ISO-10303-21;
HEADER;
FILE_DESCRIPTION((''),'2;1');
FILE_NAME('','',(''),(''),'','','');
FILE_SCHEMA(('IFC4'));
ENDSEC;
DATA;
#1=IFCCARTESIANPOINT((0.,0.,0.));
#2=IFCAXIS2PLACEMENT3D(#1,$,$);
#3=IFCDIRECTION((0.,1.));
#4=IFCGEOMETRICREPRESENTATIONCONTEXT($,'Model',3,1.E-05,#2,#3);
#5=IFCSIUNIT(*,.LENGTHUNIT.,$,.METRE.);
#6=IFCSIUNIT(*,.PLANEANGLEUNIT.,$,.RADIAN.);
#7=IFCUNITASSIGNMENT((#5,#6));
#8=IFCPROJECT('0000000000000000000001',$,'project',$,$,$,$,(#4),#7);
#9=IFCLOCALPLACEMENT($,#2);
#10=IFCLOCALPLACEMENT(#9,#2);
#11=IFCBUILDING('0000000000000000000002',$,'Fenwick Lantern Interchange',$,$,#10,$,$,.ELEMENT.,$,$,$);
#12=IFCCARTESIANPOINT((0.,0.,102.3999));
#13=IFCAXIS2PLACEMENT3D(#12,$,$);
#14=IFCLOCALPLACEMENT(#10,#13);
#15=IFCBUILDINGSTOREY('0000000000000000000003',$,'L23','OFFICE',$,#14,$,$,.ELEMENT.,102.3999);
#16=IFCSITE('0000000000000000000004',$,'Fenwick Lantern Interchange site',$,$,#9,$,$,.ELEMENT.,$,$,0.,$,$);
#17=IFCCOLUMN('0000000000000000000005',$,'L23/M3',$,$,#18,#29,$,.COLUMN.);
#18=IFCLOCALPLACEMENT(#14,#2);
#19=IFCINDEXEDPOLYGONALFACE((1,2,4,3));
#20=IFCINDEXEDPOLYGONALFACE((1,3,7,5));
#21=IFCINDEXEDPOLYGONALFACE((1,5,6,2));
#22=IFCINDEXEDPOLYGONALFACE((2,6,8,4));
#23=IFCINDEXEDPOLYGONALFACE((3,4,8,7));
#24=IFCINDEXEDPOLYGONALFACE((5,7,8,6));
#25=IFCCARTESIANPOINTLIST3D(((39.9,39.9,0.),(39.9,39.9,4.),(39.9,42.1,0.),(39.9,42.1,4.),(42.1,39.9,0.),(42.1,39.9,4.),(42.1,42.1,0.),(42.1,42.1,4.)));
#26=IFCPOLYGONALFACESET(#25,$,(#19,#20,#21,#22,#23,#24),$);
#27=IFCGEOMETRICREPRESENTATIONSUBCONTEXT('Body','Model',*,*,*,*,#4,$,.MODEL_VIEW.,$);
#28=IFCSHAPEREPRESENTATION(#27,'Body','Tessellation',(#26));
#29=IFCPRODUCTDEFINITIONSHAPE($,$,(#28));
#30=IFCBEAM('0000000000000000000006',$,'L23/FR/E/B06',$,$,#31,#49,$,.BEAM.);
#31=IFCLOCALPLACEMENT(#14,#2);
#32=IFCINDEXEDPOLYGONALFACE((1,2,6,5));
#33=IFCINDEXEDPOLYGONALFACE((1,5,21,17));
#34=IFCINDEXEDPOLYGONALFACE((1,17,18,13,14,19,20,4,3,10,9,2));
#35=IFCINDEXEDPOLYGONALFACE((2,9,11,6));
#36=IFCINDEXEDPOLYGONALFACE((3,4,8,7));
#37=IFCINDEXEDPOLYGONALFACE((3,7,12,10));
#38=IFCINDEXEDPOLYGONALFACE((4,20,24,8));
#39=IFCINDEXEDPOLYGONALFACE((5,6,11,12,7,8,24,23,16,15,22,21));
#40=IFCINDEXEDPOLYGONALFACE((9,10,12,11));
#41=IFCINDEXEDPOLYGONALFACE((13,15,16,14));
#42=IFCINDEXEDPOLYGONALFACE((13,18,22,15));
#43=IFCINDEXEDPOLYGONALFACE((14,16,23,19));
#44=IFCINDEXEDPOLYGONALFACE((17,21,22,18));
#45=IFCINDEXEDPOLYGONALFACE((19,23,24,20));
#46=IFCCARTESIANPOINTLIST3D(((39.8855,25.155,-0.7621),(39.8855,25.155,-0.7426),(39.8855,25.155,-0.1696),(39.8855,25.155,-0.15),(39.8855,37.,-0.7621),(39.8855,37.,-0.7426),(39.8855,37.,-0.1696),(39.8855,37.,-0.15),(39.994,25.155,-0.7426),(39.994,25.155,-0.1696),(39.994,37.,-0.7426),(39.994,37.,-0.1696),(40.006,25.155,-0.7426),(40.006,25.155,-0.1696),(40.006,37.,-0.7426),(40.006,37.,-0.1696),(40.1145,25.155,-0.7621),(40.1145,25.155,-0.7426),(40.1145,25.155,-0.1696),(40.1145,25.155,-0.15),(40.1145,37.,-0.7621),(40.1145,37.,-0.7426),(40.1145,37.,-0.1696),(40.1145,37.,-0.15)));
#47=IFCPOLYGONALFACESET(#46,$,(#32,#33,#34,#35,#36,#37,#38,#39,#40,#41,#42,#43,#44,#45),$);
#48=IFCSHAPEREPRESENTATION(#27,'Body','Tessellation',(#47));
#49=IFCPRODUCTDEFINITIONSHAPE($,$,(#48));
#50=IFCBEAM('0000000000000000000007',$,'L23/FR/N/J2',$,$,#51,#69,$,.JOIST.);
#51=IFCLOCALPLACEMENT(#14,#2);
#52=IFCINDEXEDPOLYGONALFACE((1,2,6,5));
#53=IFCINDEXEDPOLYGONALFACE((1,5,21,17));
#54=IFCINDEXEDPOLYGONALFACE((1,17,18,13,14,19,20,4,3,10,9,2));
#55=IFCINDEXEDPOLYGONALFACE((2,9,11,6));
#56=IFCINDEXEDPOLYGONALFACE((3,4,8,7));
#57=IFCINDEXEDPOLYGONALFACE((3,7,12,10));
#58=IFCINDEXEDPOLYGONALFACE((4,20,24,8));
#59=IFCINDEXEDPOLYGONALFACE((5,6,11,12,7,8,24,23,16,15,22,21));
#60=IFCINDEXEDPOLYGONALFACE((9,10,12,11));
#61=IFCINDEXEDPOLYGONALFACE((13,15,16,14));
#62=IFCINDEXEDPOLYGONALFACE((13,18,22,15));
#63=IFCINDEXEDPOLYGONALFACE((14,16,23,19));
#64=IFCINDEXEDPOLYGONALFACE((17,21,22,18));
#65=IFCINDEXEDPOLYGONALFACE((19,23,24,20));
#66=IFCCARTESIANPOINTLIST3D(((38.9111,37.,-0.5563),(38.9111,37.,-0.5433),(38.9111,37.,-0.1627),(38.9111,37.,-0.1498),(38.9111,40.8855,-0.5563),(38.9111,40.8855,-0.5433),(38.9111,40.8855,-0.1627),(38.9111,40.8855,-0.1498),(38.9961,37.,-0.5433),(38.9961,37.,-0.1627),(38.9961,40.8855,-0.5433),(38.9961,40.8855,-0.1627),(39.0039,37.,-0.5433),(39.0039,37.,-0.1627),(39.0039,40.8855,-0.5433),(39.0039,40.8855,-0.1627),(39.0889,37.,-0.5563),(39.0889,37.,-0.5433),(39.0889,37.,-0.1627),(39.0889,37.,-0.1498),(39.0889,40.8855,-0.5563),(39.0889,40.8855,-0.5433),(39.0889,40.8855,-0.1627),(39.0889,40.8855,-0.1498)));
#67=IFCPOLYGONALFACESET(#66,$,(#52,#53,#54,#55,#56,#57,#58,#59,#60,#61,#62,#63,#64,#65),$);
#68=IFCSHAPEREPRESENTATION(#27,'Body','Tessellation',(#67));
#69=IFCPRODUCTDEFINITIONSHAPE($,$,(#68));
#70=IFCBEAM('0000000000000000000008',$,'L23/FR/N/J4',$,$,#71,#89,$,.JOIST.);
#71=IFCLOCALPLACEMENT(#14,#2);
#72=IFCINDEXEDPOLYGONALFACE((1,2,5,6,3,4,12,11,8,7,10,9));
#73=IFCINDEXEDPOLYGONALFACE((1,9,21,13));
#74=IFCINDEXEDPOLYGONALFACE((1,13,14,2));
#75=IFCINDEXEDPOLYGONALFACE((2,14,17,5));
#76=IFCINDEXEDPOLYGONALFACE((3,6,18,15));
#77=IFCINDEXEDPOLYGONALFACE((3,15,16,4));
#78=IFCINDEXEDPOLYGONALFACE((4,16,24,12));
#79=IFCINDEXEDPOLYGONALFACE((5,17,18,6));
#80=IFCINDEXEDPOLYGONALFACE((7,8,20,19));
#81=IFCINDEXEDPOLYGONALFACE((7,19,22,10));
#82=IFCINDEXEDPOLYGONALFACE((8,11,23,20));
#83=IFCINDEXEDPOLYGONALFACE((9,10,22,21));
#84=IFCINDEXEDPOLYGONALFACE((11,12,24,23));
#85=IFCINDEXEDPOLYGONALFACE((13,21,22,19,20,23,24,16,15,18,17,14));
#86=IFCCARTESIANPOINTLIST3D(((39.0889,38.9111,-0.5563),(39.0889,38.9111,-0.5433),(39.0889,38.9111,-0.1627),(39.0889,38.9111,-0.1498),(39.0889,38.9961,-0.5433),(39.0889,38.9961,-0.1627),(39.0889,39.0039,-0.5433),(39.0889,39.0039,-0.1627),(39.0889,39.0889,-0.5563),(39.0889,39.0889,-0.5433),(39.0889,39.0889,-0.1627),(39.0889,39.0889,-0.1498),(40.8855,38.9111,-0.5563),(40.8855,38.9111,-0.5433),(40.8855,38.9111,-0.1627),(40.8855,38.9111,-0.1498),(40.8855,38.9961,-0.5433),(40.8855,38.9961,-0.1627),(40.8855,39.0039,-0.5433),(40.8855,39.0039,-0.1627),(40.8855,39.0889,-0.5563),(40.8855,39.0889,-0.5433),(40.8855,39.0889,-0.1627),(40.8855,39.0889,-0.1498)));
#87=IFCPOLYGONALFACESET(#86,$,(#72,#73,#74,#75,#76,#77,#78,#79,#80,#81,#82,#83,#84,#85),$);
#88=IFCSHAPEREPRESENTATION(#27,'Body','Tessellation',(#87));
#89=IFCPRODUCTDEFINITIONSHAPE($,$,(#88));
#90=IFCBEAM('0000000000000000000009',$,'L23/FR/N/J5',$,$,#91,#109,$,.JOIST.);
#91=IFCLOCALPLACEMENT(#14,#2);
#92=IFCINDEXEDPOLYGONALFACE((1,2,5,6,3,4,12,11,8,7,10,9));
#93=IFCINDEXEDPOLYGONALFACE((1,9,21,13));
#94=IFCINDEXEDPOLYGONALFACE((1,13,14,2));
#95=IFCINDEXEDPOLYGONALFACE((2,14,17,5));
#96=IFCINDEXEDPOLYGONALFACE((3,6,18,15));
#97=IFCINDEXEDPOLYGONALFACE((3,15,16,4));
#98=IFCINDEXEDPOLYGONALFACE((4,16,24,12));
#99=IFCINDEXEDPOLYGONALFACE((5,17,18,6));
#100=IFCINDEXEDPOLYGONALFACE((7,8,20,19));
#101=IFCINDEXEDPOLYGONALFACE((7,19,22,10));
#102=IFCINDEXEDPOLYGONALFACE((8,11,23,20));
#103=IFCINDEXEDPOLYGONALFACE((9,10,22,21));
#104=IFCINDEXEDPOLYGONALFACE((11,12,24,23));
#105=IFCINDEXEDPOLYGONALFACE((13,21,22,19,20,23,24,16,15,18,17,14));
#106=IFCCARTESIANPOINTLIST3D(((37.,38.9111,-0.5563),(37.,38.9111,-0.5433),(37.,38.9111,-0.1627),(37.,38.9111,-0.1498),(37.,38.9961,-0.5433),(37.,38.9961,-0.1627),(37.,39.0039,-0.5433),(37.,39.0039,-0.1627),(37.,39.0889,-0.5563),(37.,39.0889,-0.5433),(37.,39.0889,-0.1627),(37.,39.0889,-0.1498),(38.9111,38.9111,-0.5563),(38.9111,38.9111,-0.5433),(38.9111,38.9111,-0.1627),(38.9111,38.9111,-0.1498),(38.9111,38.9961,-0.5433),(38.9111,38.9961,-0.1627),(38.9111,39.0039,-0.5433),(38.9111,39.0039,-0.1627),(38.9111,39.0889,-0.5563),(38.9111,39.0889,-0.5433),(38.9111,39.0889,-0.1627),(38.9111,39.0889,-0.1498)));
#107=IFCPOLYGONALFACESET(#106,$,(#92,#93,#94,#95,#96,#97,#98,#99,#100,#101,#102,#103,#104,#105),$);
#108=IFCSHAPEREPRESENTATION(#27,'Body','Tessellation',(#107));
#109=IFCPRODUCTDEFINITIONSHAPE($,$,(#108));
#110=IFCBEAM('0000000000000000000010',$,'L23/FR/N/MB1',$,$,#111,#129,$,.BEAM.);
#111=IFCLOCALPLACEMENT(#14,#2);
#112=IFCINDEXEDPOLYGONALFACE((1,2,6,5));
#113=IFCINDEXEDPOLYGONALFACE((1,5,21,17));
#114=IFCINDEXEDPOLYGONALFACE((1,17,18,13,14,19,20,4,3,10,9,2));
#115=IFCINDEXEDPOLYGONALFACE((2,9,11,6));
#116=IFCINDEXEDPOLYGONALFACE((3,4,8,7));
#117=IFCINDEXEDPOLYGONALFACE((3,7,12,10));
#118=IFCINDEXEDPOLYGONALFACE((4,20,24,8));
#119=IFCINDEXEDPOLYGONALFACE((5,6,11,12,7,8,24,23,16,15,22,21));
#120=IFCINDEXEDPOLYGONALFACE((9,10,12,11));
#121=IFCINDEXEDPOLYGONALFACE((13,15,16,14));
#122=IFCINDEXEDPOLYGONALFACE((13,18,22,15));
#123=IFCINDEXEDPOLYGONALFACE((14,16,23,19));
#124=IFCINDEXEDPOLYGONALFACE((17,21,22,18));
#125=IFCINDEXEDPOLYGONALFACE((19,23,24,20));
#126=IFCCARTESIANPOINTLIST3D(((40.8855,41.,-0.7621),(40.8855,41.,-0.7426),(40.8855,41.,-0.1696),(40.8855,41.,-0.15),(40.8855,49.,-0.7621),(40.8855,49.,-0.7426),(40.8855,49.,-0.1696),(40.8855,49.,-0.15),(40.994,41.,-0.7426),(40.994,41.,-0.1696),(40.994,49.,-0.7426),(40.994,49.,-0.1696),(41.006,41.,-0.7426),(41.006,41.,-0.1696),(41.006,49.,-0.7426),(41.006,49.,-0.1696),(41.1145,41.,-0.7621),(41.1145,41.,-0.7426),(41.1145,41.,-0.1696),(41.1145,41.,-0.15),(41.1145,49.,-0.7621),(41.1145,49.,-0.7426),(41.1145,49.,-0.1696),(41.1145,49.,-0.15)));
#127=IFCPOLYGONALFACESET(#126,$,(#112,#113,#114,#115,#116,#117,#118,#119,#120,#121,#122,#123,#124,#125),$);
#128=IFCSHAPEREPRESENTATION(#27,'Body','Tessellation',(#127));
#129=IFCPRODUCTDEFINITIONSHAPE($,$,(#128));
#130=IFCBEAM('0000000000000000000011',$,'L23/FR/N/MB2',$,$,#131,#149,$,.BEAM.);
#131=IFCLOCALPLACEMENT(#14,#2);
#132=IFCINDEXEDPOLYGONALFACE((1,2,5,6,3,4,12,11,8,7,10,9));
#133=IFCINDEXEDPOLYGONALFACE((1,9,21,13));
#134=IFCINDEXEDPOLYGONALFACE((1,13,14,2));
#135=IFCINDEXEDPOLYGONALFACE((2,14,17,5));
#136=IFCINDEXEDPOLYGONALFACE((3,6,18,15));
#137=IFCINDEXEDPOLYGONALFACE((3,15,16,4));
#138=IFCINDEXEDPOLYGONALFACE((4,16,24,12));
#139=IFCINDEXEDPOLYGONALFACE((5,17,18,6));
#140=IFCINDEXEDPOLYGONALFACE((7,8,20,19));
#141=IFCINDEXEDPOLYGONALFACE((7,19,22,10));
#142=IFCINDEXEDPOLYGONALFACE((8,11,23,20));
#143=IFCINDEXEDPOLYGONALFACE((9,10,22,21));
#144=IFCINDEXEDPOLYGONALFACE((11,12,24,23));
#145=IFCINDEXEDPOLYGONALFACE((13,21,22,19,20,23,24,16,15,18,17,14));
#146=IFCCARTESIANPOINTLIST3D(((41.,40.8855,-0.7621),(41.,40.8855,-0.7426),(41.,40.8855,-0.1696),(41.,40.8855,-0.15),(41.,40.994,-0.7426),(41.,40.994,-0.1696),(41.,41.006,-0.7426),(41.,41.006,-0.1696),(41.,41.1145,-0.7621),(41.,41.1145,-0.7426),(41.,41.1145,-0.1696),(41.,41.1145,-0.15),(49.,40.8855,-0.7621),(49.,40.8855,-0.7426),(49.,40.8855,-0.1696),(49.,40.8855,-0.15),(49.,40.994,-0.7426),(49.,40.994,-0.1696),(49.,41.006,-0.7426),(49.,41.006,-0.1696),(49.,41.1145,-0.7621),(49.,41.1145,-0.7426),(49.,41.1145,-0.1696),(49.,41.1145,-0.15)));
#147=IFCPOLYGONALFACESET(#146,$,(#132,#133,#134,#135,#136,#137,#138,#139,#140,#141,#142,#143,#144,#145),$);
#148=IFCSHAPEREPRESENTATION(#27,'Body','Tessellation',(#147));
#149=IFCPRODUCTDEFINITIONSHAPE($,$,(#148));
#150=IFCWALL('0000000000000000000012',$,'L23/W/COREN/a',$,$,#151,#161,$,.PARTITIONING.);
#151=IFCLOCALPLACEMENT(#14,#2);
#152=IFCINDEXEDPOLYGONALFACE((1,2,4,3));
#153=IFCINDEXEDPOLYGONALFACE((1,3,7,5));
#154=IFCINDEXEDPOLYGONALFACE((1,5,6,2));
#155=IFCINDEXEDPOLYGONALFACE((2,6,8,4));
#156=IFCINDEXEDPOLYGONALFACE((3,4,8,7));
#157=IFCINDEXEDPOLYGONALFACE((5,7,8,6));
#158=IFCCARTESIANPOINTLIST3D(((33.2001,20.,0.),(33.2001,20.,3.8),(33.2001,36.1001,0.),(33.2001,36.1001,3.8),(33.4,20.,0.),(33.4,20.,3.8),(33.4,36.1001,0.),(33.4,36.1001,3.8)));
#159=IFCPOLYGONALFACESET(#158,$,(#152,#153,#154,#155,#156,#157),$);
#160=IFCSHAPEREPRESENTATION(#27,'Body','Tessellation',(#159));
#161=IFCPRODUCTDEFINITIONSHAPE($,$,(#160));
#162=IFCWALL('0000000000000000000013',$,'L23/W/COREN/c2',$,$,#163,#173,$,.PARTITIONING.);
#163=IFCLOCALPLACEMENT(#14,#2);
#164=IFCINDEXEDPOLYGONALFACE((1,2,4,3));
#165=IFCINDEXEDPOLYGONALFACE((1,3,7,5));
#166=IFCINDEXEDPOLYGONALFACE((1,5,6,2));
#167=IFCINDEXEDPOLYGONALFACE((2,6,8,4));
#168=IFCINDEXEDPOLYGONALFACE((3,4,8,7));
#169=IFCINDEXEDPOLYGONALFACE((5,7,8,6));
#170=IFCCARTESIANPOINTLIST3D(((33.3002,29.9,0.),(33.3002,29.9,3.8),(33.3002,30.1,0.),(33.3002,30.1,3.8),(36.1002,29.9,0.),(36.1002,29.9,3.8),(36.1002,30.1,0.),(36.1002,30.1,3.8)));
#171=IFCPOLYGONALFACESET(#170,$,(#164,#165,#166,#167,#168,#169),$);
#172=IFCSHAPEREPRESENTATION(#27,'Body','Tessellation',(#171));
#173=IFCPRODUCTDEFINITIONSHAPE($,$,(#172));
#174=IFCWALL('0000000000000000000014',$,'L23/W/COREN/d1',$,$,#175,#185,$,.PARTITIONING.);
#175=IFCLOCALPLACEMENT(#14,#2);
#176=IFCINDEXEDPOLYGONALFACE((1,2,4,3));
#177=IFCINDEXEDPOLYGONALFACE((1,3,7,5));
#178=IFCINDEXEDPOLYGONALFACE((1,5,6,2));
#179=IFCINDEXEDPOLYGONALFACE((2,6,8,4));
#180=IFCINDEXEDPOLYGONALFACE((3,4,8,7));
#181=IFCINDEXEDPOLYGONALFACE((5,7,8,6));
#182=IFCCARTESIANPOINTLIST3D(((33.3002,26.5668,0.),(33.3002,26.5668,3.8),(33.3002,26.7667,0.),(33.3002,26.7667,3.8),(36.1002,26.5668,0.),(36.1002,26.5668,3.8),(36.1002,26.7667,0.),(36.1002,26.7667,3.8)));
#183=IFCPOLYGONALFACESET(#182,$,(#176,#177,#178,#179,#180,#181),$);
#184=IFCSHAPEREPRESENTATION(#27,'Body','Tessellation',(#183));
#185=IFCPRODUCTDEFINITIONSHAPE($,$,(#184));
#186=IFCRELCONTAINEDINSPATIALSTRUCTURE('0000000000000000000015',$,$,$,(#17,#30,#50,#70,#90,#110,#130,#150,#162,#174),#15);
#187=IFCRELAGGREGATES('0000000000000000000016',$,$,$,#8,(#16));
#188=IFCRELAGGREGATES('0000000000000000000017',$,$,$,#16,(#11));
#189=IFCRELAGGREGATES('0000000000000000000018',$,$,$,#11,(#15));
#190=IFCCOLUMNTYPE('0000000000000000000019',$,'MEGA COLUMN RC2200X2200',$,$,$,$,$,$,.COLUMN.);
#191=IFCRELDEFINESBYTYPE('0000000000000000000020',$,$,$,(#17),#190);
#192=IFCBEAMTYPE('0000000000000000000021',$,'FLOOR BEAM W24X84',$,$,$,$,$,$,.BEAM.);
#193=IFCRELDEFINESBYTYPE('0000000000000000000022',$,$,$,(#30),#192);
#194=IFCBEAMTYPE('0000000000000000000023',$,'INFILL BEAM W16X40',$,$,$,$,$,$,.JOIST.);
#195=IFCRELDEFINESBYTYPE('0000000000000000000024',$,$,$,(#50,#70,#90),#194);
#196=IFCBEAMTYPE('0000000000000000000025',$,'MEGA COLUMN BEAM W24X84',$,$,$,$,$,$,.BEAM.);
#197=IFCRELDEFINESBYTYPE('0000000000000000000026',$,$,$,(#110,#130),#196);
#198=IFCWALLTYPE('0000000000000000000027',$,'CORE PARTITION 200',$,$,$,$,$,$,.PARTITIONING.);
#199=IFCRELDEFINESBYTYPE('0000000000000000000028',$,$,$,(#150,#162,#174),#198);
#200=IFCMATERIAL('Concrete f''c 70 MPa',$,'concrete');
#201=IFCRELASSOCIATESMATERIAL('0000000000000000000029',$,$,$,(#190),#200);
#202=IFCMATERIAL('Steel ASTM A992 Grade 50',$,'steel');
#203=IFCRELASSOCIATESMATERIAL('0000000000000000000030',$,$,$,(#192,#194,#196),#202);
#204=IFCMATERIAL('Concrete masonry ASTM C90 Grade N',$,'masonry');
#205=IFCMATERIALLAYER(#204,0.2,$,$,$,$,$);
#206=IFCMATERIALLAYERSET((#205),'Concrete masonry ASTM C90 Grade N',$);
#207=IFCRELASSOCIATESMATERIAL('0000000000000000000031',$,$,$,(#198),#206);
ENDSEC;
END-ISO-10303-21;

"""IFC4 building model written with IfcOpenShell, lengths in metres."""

from ifc_helpers import new_model, si_unit, direction, frame, frame_2d, origin, origin_2d, place, context, subcontext, project, spatial, rectangle, i_section, extrude, material, layer, layer_set, material_profile, profile_set, type_object, element, save


model = new_model("IFC4")

# Units and contexts
model_context = context("Model", 3, precision=1e-05, world=origin(), true_north=direction((0.0, 1.0)))
body_context = subcontext(model_context, "Body", "Model", "MODEL_VIEW")
ifc_project = project(units=[si_unit("LENGTHUNIT", "METRE"), si_unit("PLANEANGLEUNIT", "RADIAN")], contexts=[model_context])

# Site, building, storey
site_placement = place(None, origin())
site = spatial("IfcSite", under=ifc_project, at=site_placement, Name="Fenwick Lantern Interchange site", CompositionType="ELEMENT", RefElevation=0.0)
building_placement = place(site_placement, origin())
building = spatial("IfcBuilding", under=site, at=building_placement, Name="Fenwick Lantern Interchange", CompositionType="ELEMENT")
storey_placement = place(building_placement, frame((0.0, 0.0, 102.3999)))
storey = spatial("IfcBuildingStorey", under=building, at=storey_placement, Name="L23", Description="OFFICE", CompositionType="ELEMENT", Elevation=102.3999)

# Column
ifc_material_1 = material(Name="Concrete f'c 70 MPa", Category="concrete")
ifc_material_profile_1 = material_profile(ifc_material_1, rectangle(XDim=2.2, YDim=2.2, at=origin_2d()), Name="RC2200X2200")
ifc_profile_set_1 = profile_set([ifc_material_profile_1], Name="Concrete f'c 70 MPa")
column_type = type_object("IfcColumnType", Name="MEGA COLUMN RC2200X2200", PredefinedType="COLUMN", material=ifc_profile_set_1)
column_placement = place(storey_placement, frame((41.0, 41.0, 0.0), z_axis=(0.0, 0.0, 1.0), x_axis=(1.0, 0.0, 0.0)))
element("IfcColumn", 1, at=column_placement, inside=storey, type_object=column_type, Name="L23/M3", PredefinedType="COLUMN", context=body_context, shape_type="SweptSolid", body=[
    extrude(rectangle(XDim=2.2, YDim=2.2, at=origin_2d()), origin(), (0.0, 0.0, 1.0), 4.0),
])

# Beams
ifc_material_2 = material(Name="Steel ASTM A992 Grade 50", Category="steel")
ifc_material_profile_2 = material_profile(ifc_material_2, i_section(OverallWidth=0.229, OverallDepth=0.6121, WebThickness=0.012, FlangeThickness=0.0195, at=origin_2d()), Name="W24X84")
ifc_profile_set_2 = profile_set([ifc_material_profile_2], Name="Steel ASTM A992 Grade 50")
beam_type_1 = type_object("IfcBeamType", Name="FLOOR BEAM W24X84", PredefinedType="BEAM", material=ifc_profile_set_2)
beam_1_placement = place(storey_placement, frame((40.0, 25.155, -0.4561), z_axis=(0.0, 1.0, 0.0), x_axis=(-1.0, 0.0, 0.0)))
element("IfcBeam", 2, at=beam_1_placement, inside=storey, type_object=beam_type_1, Name="L23/FR/E/B06", PredefinedType="BEAM", context=body_context, shape_type="SweptSolid", body=[
    extrude(i_section(OverallWidth=0.229, OverallDepth=0.6121, WebThickness=0.012, FlangeThickness=0.0195, at=origin_2d()), origin(), (0.0, 0.0, 1.0), 11.845),
])
ifc_material_profile_3 = material_profile(ifc_material_2, i_section(OverallWidth=0.1777, OverallDepth=0.4065, WebThickness=0.0078, FlangeThickness=0.0129, at=origin_2d()), Name="W16X40")
ifc_profile_set_3 = profile_set([ifc_material_profile_3], Name="Steel ASTM A992 Grade 50")
beam_type_2 = type_object("IfcBeamType", Name="INFILL BEAM W16X40", PredefinedType="JOIST", material=ifc_profile_set_3)
beam_2_placement = place(storey_placement, frame((39.0, 40.8855, -0.353), z_axis=(0.0, -1.0, 0.0), x_axis=(1.0, 0.0, 0.0)))
element("IfcBeam", 3, at=beam_2_placement, inside=storey, type_object=beam_type_2, Name="L23/FR/N/J2", PredefinedType="JOIST", context=body_context, shape_type="SweptSolid", body=[
    extrude(i_section(OverallWidth=0.1777, OverallDepth=0.4065, WebThickness=0.0078, FlangeThickness=0.0129, at=origin_2d()), origin(), (0.0, 0.0, 1.0), 3.8855),
])
beam_3_placement = place(storey_placement, frame((40.8855, 39.0, -0.353), z_axis=(-1.0, 0.0, 0.0), x_axis=(0.0, -1.0, 0.0)))
element("IfcBeam", 4, at=beam_3_placement, inside=storey, type_object=beam_type_2, Name="L23/FR/N/J4", PredefinedType="JOIST", context=body_context, shape_type="SweptSolid", body=[
    extrude(i_section(OverallWidth=0.1777, OverallDepth=0.4065, WebThickness=0.0078, FlangeThickness=0.0129, at=origin_2d()), origin(), (0.0, 0.0, 1.0), 1.7966),
])
beam_4_placement = place(storey_placement, frame((38.9111, 39.0, -0.353), z_axis=(-1.0, 0.0, 0.0), x_axis=(0.0, -1.0, 0.0)))
element("IfcBeam", 5, at=beam_4_placement, inside=storey, type_object=beam_type_2, Name="L23/FR/N/J5", PredefinedType="JOIST", context=body_context, shape_type="SweptSolid", body=[
    extrude(i_section(OverallWidth=0.1777, OverallDepth=0.4065, WebThickness=0.0078, FlangeThickness=0.0129, at=origin_2d()), origin(), (0.0, 0.0, 1.0), 1.9111),
])
ifc_material_profile_4 = material_profile(ifc_material_2, i_section(OverallWidth=0.229, OverallDepth=0.6121, WebThickness=0.012, FlangeThickness=0.0195, at=origin_2d()), Name="W24X84")
ifc_profile_set_4 = profile_set([ifc_material_profile_4], Name="Steel ASTM A992 Grade 50")
beam_type_3 = type_object("IfcBeamType", Name="MEGA COLUMN BEAM W24X84", PredefinedType="BEAM", material=ifc_profile_set_4)
for number, where, z_axis, x_axis, name in (
    (6, (41.0, 41.0, -0.4561), (0.0, 1.0, 0.0), (-1.0, 0.0, 0.0), "L23/FR/N/MB1"),
    (7, (41.0, 41.0, -0.4561), (1.0, 0.0, 0.0), (0.0, 1.0, 0.0), "L23/FR/N/MB2"),
):
    element("IfcBeam", number, at=place(storey_placement, frame(where, z_axis=z_axis, x_axis=x_axis)), inside=storey, type_object=beam_type_3, Name=name, PredefinedType="BEAM", context=body_context, shape_type="SweptSolid", body=[
        extrude(i_section(OverallWidth=0.229, OverallDepth=0.6121, WebThickness=0.012, FlangeThickness=0.0195, at=origin_2d()), origin(), (0.0, 0.0, 1.0), 8.0),
    ])

# Walls
ifc_material_3 = material(Name="Concrete masonry ASTM C90 Grade N", Category="masonry")
ifc_layer_1 = layer(ifc_material_3, 0.2)
ifc_layer_set_1 = layer_set([ifc_layer_1], Name="Concrete masonry ASTM C90 Grade N")
wall_type_1 = type_object("IfcWallType", Name="CORE PARTITION 200", PredefinedType="PARTITIONING", material=ifc_layer_set_1)
wall_1_placement = place(storey_placement, frame((33.3, 36.1001, 0.0), z_axis=(0.0, 0.0, 1.0), x_axis=(0.0, -1.0, 0.0)))
element("IfcWall", 8, at=wall_1_placement, inside=storey, type_object=wall_type_1, Name="L23/W/COREN/a", PredefinedType="PARTITIONING", context=body_context, shape_type="SweptSolid", body=[
    extrude(rectangle(XDim=16.1001, YDim=0.2, at=frame_2d((8.05, 0.0))), origin(), (0.0, 0.0, 1.0), 3.8),
])
for number, where, z_axis, x_axis, name in (
    (9, (36.1001, 30.0, 0.0), (0.0, 0.0, 1.0), (-1.0, 0.0, 0.0), "L23/W/COREN/c2"),
    (10, (36.1001, 26.6667, 0.0), (0.0, 0.0, 1.0), (-1.0, 0.0, 0.0), "L23/W/COREN/d1"),
):
    element("IfcWall", number, at=place(storey_placement, frame(where, z_axis=z_axis, x_axis=x_axis)), inside=storey, type_object=wall_type_1, Name=name, PredefinedType="PARTITIONING", context=body_context, shape_type="SweptSolid", body=[
        extrude(rectangle(XDim=2.8, YDim=0.2, at=frame_2d((1.3999, 0.0))), origin(), (0.0, 0.0, 1.0), 3.8),
    ])

save(model, "model.ifc")
